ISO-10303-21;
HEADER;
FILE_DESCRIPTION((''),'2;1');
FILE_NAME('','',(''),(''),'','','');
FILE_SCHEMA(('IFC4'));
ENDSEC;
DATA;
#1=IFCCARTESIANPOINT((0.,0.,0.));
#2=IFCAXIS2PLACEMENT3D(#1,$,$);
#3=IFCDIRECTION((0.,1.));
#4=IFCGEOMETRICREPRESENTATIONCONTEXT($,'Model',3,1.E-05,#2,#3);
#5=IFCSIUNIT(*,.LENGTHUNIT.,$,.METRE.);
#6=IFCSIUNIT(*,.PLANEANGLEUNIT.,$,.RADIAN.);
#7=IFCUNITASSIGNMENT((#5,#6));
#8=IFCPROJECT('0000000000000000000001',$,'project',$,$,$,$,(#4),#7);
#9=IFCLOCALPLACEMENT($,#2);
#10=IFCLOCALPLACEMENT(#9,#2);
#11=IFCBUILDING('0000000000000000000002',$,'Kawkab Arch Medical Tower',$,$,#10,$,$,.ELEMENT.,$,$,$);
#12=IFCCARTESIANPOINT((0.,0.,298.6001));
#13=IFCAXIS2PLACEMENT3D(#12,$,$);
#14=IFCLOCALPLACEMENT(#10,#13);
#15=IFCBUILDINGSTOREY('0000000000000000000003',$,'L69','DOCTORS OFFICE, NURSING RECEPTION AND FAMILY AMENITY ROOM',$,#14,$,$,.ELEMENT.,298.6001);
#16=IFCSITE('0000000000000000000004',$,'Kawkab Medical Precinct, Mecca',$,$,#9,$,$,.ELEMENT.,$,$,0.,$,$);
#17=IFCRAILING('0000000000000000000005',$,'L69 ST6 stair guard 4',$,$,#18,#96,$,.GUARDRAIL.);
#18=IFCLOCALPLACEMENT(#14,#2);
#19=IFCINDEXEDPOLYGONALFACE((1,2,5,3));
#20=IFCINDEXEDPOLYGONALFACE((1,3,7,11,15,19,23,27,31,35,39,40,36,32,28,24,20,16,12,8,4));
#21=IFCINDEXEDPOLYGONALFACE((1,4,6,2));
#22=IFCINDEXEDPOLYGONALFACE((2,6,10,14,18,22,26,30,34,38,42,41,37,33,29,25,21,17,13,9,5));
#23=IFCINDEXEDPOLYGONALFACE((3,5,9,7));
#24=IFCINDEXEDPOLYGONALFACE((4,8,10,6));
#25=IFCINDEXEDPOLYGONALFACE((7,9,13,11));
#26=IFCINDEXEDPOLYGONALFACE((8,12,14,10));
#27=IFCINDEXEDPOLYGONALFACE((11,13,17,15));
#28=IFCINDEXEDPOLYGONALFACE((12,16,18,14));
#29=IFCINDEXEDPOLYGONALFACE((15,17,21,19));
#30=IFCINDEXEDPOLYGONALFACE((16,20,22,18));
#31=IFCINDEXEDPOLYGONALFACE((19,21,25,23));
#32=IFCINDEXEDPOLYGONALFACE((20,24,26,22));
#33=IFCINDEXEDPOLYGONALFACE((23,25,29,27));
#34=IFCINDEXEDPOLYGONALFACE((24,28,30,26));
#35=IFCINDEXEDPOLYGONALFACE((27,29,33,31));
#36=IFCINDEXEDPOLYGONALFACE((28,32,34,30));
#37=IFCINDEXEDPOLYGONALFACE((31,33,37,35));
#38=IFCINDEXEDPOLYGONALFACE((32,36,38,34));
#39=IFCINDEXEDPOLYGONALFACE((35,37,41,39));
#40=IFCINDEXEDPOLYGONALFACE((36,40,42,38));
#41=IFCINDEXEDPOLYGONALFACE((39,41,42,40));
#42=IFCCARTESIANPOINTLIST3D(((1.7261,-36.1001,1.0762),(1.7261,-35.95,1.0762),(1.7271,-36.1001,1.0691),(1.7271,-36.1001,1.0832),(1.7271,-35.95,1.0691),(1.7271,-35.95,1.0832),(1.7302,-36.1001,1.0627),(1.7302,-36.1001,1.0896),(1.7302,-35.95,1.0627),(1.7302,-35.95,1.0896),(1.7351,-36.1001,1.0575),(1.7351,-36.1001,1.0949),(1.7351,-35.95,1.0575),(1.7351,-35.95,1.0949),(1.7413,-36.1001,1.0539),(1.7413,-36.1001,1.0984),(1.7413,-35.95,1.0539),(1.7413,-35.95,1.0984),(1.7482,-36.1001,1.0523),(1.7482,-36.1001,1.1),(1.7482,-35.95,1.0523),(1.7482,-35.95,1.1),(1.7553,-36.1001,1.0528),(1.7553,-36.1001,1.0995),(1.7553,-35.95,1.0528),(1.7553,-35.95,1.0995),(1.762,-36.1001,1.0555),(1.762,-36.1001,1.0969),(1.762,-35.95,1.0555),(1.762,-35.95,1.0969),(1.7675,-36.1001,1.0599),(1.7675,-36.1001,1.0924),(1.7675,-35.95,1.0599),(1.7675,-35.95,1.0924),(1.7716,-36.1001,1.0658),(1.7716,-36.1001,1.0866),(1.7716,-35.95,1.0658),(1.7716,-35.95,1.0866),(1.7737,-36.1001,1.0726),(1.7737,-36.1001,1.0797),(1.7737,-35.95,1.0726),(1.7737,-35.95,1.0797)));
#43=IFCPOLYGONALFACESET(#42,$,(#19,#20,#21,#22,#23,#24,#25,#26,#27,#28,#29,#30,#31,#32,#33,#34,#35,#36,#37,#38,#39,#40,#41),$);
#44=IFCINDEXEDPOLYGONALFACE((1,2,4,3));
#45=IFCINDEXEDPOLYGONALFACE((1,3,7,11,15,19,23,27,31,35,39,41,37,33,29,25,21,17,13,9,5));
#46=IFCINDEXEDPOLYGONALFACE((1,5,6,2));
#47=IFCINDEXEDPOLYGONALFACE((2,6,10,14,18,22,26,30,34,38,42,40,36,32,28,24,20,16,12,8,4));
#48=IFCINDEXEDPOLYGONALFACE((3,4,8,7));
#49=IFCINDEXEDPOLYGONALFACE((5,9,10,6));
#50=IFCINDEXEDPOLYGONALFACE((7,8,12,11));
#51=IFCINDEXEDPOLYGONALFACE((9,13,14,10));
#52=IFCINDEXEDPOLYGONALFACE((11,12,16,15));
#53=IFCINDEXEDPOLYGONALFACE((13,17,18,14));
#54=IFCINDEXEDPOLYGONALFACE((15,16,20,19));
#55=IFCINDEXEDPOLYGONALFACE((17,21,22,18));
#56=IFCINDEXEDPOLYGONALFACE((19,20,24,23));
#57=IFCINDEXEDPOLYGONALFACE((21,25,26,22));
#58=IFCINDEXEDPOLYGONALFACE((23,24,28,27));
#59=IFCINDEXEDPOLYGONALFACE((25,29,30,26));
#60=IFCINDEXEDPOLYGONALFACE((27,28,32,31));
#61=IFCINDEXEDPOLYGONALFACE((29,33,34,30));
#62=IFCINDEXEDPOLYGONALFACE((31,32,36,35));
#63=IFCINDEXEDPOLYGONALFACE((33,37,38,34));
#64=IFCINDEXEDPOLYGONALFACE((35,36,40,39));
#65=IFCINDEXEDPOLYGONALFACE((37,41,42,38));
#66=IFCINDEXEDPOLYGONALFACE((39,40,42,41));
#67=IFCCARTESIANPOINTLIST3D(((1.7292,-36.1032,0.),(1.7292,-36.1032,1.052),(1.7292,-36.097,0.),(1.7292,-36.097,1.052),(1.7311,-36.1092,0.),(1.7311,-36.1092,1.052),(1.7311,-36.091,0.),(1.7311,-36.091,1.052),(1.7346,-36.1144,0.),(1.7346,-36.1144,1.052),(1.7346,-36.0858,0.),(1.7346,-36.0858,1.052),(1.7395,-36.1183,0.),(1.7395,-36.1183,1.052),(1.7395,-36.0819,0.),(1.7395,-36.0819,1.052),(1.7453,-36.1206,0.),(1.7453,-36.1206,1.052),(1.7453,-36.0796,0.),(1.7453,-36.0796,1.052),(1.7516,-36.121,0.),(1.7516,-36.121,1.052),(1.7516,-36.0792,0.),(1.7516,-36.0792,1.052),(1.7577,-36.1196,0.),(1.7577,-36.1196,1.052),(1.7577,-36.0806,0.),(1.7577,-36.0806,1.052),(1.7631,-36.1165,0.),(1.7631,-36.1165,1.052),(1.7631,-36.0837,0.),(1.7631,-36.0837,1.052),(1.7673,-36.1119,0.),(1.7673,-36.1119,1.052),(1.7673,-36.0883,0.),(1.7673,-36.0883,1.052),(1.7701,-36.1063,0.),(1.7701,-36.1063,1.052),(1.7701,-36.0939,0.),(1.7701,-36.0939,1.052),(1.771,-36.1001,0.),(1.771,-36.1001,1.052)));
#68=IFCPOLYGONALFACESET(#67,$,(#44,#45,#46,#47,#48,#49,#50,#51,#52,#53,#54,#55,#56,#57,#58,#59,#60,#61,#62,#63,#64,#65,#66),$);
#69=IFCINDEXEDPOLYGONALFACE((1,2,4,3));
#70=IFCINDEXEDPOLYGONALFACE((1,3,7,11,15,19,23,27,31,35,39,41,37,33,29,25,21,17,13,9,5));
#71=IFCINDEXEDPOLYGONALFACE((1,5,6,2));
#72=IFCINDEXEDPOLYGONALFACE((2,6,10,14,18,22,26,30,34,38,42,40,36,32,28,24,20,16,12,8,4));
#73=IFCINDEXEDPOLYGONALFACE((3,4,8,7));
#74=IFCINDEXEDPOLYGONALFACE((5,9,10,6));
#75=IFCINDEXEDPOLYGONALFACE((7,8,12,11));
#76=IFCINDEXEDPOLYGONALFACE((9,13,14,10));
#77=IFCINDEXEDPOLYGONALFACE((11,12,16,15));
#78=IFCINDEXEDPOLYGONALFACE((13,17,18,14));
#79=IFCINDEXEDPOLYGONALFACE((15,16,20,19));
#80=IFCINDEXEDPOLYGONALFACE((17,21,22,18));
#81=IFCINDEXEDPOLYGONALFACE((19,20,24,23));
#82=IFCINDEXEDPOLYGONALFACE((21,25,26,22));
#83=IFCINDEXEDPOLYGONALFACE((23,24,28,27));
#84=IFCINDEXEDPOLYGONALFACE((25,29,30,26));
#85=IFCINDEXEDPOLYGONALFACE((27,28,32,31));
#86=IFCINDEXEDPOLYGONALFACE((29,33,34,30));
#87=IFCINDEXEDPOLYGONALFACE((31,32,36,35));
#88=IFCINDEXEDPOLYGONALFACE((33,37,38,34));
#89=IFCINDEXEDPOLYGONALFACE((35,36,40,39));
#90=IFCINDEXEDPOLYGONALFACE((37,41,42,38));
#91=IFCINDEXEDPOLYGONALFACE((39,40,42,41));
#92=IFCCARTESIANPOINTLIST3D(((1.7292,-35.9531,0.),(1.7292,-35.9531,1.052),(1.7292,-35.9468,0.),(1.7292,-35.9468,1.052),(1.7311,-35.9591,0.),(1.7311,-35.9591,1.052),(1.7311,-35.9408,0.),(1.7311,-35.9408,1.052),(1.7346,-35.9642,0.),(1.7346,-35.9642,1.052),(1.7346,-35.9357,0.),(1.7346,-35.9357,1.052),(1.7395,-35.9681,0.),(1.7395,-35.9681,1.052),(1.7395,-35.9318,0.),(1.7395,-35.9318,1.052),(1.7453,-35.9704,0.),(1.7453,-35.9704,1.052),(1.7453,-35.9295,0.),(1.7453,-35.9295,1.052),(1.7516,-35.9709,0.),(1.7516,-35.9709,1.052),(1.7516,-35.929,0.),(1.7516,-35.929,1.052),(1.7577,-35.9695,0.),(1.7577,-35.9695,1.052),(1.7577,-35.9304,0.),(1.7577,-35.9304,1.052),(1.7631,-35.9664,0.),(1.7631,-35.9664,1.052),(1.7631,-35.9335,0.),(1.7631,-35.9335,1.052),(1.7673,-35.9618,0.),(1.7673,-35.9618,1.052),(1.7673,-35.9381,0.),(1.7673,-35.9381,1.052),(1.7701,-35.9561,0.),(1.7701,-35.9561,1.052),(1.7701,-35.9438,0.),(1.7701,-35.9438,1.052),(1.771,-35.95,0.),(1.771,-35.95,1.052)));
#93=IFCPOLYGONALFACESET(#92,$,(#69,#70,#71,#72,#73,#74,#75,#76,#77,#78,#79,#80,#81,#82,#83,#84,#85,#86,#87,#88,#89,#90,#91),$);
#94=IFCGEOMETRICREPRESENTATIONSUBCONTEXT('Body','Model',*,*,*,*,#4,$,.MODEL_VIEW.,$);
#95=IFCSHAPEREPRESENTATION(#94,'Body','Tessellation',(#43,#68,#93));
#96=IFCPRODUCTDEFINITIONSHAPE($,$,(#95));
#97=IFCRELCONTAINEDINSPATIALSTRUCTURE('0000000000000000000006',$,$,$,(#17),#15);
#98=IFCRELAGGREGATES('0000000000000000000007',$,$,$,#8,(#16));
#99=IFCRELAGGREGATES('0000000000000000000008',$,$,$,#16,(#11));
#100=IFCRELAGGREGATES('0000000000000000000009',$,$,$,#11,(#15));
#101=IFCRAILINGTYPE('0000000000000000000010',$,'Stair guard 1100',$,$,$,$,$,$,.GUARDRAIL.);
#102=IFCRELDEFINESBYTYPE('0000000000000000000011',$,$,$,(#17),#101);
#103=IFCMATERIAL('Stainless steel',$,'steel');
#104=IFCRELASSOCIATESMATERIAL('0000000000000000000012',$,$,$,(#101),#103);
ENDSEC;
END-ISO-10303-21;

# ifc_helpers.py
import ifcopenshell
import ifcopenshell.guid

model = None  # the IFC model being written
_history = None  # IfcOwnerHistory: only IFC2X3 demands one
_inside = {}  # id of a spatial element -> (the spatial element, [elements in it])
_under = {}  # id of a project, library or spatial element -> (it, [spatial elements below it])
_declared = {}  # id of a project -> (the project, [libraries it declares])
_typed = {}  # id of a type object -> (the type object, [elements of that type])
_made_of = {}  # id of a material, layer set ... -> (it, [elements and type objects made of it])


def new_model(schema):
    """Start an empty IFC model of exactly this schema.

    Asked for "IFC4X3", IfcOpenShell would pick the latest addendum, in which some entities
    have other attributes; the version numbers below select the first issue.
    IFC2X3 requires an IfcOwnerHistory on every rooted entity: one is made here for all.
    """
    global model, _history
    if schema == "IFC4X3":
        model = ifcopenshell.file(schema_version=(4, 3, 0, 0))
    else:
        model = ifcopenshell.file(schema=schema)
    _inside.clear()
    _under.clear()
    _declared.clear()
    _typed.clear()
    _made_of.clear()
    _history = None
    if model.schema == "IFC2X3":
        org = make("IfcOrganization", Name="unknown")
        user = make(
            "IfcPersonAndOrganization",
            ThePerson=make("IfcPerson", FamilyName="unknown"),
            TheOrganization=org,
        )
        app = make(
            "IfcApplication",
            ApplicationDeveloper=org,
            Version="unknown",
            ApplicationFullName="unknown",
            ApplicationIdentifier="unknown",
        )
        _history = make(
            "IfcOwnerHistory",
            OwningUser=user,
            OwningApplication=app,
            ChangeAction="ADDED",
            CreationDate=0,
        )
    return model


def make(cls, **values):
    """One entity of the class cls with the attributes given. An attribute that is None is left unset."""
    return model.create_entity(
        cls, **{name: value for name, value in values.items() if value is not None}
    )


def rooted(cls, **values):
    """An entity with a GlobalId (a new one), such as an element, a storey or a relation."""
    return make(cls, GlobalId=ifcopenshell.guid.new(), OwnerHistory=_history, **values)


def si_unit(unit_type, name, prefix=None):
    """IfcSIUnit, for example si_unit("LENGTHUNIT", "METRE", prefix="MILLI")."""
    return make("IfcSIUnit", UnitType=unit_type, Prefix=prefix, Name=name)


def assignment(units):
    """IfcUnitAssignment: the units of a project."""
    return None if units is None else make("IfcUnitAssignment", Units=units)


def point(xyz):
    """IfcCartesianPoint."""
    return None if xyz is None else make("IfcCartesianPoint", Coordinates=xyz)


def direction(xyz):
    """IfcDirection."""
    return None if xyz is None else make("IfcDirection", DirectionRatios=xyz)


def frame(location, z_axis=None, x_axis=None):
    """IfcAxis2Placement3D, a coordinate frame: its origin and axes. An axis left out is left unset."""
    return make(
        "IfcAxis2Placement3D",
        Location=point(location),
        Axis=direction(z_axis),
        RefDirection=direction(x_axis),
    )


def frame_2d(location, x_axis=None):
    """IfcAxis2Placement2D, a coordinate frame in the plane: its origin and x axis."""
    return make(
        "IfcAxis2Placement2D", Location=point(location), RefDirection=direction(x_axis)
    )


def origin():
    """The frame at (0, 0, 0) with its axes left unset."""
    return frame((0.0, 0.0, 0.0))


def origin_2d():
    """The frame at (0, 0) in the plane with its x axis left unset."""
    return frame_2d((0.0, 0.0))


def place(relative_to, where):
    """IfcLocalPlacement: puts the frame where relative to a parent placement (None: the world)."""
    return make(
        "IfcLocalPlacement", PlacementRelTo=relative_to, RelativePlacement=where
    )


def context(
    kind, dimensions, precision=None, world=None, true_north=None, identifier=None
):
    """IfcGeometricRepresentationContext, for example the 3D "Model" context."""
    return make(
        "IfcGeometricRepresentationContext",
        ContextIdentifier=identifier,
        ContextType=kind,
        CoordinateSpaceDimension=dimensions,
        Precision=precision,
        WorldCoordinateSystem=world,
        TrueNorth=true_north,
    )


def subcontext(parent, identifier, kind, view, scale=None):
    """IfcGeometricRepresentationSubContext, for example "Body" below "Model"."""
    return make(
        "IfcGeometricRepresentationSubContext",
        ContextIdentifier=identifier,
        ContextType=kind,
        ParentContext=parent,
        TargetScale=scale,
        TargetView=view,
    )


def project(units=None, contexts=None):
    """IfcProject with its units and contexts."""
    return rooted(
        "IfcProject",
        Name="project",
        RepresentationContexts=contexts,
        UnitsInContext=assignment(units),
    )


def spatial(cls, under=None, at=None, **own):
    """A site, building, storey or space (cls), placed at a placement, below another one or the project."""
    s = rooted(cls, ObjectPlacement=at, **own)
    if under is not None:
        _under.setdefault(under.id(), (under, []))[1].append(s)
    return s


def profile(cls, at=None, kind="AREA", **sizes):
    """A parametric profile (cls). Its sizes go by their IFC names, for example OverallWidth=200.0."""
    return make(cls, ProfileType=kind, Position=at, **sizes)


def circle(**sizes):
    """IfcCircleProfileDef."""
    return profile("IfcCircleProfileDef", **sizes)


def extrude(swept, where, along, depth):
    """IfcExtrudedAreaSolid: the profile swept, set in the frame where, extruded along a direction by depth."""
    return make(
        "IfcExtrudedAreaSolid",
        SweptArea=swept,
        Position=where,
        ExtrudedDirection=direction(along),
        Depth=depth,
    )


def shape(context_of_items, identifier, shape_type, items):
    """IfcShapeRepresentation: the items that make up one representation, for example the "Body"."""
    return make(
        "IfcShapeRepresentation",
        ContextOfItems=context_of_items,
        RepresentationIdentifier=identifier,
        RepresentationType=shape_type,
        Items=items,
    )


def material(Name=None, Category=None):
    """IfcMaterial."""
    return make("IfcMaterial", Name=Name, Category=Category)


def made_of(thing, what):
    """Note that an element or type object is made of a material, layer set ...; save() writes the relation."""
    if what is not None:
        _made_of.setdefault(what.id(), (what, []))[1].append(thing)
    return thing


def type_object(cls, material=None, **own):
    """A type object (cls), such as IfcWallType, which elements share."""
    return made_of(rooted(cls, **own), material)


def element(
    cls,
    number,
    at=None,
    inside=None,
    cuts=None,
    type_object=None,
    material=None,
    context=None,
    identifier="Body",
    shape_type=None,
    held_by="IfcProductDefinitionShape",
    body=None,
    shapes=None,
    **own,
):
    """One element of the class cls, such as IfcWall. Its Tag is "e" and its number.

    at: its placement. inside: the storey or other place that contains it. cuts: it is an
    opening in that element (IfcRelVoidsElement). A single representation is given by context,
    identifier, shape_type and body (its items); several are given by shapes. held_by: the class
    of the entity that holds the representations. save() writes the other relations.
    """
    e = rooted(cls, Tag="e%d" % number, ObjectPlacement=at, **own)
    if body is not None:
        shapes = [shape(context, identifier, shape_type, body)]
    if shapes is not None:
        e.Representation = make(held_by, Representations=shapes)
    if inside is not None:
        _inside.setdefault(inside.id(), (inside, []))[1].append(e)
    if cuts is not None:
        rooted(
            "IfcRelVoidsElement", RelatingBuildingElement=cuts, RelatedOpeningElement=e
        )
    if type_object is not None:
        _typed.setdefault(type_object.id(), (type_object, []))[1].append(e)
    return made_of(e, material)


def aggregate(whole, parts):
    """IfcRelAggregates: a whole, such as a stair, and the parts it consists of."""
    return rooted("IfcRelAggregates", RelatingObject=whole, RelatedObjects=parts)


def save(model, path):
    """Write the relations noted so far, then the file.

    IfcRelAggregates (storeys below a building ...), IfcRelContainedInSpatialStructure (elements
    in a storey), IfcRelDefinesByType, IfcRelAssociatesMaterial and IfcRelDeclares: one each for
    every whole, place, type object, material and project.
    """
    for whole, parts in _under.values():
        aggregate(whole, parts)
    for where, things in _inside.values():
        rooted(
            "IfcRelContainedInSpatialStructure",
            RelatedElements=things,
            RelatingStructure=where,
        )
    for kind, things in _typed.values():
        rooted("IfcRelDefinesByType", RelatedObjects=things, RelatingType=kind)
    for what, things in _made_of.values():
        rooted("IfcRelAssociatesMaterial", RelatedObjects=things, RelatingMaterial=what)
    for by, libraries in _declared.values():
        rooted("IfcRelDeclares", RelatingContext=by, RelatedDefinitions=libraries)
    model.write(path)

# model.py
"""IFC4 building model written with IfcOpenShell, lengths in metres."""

from ifc_helpers import new_model, si_unit, direction, frame, origin, origin_2d, place, context, subcontext, project, spatial, circle, extrude, material, type_object, element, save


model = new_model("IFC4")

# Units and contexts
model_context = context("Model", 3, precision=1e-05, world=origin(), true_north=direction((0.0, 1.0)))
body_context = subcontext(model_context, "Body", "Model", "MODEL_VIEW")
ifc_project = project(units=[si_unit("LENGTHUNIT", "METRE"), si_unit("PLANEANGLEUNIT", "RADIAN")], contexts=[model_context])

# Site, building, storey
site_placement = place(None, origin())
site = spatial("IfcSite", under=ifc_project, at=site_placement, Name="Kawkab Medical Precinct, Mecca", CompositionType="ELEMENT", RefElevation=0.0)
building_placement = place(site_placement, origin())
building = spatial("IfcBuilding", under=site, at=building_placement, Name="Kawkab Arch Medical Tower", CompositionType="ELEMENT")
storey_placement = place(building_placement, frame((0.0, 0.0, 298.6001)))
storey = spatial("IfcBuildingStorey", under=building, at=storey_placement, Name="L69", Description="DOCTORS OFFICE, NURSING RECEPTION AND FAMILY AMENITY ROOM", CompositionType="ELEMENT", Elevation=298.6001)

# Railing
ifc_material_1 = material(Name="Stainless steel", Category="steel")
railing_type_1 = type_object("IfcRailingType", Name="Stair guard 1100", PredefinedType="GUARDRAIL", material=ifc_material_1)
railing_1_placement = place(storey_placement, frame((1.75, -36.1001, 0.0)))
element("IfcRailing", 1, at=railing_1_placement, inside=storey, type_object=railing_type_1, Name="L69 ST6 stair guard 4", PredefinedType="GUARDRAIL", context=body_context, shape_type="SweptSolid", body=[
    extrude(circle(Radius=0.0239, at=origin_2d()), frame((0.0, 0.0, 1.0762), z_axis=(0.0, 1.0, 0.0), x_axis=(-1.0, 0.0, 0.0)), (0.0, 0.0, 1.0), 0.1501),
    extrude(circle(Radius=0.021, at=origin_2d()), origin(), (0.0, 0.0, 1.0), 1.052),
    extrude(circle(Radius=0.021, at=origin_2d()), frame((0.0, 0.1501, 0.0)), (0.0, 0.0, 1.0), 1.052),
])

save(model, "model.ifc")
